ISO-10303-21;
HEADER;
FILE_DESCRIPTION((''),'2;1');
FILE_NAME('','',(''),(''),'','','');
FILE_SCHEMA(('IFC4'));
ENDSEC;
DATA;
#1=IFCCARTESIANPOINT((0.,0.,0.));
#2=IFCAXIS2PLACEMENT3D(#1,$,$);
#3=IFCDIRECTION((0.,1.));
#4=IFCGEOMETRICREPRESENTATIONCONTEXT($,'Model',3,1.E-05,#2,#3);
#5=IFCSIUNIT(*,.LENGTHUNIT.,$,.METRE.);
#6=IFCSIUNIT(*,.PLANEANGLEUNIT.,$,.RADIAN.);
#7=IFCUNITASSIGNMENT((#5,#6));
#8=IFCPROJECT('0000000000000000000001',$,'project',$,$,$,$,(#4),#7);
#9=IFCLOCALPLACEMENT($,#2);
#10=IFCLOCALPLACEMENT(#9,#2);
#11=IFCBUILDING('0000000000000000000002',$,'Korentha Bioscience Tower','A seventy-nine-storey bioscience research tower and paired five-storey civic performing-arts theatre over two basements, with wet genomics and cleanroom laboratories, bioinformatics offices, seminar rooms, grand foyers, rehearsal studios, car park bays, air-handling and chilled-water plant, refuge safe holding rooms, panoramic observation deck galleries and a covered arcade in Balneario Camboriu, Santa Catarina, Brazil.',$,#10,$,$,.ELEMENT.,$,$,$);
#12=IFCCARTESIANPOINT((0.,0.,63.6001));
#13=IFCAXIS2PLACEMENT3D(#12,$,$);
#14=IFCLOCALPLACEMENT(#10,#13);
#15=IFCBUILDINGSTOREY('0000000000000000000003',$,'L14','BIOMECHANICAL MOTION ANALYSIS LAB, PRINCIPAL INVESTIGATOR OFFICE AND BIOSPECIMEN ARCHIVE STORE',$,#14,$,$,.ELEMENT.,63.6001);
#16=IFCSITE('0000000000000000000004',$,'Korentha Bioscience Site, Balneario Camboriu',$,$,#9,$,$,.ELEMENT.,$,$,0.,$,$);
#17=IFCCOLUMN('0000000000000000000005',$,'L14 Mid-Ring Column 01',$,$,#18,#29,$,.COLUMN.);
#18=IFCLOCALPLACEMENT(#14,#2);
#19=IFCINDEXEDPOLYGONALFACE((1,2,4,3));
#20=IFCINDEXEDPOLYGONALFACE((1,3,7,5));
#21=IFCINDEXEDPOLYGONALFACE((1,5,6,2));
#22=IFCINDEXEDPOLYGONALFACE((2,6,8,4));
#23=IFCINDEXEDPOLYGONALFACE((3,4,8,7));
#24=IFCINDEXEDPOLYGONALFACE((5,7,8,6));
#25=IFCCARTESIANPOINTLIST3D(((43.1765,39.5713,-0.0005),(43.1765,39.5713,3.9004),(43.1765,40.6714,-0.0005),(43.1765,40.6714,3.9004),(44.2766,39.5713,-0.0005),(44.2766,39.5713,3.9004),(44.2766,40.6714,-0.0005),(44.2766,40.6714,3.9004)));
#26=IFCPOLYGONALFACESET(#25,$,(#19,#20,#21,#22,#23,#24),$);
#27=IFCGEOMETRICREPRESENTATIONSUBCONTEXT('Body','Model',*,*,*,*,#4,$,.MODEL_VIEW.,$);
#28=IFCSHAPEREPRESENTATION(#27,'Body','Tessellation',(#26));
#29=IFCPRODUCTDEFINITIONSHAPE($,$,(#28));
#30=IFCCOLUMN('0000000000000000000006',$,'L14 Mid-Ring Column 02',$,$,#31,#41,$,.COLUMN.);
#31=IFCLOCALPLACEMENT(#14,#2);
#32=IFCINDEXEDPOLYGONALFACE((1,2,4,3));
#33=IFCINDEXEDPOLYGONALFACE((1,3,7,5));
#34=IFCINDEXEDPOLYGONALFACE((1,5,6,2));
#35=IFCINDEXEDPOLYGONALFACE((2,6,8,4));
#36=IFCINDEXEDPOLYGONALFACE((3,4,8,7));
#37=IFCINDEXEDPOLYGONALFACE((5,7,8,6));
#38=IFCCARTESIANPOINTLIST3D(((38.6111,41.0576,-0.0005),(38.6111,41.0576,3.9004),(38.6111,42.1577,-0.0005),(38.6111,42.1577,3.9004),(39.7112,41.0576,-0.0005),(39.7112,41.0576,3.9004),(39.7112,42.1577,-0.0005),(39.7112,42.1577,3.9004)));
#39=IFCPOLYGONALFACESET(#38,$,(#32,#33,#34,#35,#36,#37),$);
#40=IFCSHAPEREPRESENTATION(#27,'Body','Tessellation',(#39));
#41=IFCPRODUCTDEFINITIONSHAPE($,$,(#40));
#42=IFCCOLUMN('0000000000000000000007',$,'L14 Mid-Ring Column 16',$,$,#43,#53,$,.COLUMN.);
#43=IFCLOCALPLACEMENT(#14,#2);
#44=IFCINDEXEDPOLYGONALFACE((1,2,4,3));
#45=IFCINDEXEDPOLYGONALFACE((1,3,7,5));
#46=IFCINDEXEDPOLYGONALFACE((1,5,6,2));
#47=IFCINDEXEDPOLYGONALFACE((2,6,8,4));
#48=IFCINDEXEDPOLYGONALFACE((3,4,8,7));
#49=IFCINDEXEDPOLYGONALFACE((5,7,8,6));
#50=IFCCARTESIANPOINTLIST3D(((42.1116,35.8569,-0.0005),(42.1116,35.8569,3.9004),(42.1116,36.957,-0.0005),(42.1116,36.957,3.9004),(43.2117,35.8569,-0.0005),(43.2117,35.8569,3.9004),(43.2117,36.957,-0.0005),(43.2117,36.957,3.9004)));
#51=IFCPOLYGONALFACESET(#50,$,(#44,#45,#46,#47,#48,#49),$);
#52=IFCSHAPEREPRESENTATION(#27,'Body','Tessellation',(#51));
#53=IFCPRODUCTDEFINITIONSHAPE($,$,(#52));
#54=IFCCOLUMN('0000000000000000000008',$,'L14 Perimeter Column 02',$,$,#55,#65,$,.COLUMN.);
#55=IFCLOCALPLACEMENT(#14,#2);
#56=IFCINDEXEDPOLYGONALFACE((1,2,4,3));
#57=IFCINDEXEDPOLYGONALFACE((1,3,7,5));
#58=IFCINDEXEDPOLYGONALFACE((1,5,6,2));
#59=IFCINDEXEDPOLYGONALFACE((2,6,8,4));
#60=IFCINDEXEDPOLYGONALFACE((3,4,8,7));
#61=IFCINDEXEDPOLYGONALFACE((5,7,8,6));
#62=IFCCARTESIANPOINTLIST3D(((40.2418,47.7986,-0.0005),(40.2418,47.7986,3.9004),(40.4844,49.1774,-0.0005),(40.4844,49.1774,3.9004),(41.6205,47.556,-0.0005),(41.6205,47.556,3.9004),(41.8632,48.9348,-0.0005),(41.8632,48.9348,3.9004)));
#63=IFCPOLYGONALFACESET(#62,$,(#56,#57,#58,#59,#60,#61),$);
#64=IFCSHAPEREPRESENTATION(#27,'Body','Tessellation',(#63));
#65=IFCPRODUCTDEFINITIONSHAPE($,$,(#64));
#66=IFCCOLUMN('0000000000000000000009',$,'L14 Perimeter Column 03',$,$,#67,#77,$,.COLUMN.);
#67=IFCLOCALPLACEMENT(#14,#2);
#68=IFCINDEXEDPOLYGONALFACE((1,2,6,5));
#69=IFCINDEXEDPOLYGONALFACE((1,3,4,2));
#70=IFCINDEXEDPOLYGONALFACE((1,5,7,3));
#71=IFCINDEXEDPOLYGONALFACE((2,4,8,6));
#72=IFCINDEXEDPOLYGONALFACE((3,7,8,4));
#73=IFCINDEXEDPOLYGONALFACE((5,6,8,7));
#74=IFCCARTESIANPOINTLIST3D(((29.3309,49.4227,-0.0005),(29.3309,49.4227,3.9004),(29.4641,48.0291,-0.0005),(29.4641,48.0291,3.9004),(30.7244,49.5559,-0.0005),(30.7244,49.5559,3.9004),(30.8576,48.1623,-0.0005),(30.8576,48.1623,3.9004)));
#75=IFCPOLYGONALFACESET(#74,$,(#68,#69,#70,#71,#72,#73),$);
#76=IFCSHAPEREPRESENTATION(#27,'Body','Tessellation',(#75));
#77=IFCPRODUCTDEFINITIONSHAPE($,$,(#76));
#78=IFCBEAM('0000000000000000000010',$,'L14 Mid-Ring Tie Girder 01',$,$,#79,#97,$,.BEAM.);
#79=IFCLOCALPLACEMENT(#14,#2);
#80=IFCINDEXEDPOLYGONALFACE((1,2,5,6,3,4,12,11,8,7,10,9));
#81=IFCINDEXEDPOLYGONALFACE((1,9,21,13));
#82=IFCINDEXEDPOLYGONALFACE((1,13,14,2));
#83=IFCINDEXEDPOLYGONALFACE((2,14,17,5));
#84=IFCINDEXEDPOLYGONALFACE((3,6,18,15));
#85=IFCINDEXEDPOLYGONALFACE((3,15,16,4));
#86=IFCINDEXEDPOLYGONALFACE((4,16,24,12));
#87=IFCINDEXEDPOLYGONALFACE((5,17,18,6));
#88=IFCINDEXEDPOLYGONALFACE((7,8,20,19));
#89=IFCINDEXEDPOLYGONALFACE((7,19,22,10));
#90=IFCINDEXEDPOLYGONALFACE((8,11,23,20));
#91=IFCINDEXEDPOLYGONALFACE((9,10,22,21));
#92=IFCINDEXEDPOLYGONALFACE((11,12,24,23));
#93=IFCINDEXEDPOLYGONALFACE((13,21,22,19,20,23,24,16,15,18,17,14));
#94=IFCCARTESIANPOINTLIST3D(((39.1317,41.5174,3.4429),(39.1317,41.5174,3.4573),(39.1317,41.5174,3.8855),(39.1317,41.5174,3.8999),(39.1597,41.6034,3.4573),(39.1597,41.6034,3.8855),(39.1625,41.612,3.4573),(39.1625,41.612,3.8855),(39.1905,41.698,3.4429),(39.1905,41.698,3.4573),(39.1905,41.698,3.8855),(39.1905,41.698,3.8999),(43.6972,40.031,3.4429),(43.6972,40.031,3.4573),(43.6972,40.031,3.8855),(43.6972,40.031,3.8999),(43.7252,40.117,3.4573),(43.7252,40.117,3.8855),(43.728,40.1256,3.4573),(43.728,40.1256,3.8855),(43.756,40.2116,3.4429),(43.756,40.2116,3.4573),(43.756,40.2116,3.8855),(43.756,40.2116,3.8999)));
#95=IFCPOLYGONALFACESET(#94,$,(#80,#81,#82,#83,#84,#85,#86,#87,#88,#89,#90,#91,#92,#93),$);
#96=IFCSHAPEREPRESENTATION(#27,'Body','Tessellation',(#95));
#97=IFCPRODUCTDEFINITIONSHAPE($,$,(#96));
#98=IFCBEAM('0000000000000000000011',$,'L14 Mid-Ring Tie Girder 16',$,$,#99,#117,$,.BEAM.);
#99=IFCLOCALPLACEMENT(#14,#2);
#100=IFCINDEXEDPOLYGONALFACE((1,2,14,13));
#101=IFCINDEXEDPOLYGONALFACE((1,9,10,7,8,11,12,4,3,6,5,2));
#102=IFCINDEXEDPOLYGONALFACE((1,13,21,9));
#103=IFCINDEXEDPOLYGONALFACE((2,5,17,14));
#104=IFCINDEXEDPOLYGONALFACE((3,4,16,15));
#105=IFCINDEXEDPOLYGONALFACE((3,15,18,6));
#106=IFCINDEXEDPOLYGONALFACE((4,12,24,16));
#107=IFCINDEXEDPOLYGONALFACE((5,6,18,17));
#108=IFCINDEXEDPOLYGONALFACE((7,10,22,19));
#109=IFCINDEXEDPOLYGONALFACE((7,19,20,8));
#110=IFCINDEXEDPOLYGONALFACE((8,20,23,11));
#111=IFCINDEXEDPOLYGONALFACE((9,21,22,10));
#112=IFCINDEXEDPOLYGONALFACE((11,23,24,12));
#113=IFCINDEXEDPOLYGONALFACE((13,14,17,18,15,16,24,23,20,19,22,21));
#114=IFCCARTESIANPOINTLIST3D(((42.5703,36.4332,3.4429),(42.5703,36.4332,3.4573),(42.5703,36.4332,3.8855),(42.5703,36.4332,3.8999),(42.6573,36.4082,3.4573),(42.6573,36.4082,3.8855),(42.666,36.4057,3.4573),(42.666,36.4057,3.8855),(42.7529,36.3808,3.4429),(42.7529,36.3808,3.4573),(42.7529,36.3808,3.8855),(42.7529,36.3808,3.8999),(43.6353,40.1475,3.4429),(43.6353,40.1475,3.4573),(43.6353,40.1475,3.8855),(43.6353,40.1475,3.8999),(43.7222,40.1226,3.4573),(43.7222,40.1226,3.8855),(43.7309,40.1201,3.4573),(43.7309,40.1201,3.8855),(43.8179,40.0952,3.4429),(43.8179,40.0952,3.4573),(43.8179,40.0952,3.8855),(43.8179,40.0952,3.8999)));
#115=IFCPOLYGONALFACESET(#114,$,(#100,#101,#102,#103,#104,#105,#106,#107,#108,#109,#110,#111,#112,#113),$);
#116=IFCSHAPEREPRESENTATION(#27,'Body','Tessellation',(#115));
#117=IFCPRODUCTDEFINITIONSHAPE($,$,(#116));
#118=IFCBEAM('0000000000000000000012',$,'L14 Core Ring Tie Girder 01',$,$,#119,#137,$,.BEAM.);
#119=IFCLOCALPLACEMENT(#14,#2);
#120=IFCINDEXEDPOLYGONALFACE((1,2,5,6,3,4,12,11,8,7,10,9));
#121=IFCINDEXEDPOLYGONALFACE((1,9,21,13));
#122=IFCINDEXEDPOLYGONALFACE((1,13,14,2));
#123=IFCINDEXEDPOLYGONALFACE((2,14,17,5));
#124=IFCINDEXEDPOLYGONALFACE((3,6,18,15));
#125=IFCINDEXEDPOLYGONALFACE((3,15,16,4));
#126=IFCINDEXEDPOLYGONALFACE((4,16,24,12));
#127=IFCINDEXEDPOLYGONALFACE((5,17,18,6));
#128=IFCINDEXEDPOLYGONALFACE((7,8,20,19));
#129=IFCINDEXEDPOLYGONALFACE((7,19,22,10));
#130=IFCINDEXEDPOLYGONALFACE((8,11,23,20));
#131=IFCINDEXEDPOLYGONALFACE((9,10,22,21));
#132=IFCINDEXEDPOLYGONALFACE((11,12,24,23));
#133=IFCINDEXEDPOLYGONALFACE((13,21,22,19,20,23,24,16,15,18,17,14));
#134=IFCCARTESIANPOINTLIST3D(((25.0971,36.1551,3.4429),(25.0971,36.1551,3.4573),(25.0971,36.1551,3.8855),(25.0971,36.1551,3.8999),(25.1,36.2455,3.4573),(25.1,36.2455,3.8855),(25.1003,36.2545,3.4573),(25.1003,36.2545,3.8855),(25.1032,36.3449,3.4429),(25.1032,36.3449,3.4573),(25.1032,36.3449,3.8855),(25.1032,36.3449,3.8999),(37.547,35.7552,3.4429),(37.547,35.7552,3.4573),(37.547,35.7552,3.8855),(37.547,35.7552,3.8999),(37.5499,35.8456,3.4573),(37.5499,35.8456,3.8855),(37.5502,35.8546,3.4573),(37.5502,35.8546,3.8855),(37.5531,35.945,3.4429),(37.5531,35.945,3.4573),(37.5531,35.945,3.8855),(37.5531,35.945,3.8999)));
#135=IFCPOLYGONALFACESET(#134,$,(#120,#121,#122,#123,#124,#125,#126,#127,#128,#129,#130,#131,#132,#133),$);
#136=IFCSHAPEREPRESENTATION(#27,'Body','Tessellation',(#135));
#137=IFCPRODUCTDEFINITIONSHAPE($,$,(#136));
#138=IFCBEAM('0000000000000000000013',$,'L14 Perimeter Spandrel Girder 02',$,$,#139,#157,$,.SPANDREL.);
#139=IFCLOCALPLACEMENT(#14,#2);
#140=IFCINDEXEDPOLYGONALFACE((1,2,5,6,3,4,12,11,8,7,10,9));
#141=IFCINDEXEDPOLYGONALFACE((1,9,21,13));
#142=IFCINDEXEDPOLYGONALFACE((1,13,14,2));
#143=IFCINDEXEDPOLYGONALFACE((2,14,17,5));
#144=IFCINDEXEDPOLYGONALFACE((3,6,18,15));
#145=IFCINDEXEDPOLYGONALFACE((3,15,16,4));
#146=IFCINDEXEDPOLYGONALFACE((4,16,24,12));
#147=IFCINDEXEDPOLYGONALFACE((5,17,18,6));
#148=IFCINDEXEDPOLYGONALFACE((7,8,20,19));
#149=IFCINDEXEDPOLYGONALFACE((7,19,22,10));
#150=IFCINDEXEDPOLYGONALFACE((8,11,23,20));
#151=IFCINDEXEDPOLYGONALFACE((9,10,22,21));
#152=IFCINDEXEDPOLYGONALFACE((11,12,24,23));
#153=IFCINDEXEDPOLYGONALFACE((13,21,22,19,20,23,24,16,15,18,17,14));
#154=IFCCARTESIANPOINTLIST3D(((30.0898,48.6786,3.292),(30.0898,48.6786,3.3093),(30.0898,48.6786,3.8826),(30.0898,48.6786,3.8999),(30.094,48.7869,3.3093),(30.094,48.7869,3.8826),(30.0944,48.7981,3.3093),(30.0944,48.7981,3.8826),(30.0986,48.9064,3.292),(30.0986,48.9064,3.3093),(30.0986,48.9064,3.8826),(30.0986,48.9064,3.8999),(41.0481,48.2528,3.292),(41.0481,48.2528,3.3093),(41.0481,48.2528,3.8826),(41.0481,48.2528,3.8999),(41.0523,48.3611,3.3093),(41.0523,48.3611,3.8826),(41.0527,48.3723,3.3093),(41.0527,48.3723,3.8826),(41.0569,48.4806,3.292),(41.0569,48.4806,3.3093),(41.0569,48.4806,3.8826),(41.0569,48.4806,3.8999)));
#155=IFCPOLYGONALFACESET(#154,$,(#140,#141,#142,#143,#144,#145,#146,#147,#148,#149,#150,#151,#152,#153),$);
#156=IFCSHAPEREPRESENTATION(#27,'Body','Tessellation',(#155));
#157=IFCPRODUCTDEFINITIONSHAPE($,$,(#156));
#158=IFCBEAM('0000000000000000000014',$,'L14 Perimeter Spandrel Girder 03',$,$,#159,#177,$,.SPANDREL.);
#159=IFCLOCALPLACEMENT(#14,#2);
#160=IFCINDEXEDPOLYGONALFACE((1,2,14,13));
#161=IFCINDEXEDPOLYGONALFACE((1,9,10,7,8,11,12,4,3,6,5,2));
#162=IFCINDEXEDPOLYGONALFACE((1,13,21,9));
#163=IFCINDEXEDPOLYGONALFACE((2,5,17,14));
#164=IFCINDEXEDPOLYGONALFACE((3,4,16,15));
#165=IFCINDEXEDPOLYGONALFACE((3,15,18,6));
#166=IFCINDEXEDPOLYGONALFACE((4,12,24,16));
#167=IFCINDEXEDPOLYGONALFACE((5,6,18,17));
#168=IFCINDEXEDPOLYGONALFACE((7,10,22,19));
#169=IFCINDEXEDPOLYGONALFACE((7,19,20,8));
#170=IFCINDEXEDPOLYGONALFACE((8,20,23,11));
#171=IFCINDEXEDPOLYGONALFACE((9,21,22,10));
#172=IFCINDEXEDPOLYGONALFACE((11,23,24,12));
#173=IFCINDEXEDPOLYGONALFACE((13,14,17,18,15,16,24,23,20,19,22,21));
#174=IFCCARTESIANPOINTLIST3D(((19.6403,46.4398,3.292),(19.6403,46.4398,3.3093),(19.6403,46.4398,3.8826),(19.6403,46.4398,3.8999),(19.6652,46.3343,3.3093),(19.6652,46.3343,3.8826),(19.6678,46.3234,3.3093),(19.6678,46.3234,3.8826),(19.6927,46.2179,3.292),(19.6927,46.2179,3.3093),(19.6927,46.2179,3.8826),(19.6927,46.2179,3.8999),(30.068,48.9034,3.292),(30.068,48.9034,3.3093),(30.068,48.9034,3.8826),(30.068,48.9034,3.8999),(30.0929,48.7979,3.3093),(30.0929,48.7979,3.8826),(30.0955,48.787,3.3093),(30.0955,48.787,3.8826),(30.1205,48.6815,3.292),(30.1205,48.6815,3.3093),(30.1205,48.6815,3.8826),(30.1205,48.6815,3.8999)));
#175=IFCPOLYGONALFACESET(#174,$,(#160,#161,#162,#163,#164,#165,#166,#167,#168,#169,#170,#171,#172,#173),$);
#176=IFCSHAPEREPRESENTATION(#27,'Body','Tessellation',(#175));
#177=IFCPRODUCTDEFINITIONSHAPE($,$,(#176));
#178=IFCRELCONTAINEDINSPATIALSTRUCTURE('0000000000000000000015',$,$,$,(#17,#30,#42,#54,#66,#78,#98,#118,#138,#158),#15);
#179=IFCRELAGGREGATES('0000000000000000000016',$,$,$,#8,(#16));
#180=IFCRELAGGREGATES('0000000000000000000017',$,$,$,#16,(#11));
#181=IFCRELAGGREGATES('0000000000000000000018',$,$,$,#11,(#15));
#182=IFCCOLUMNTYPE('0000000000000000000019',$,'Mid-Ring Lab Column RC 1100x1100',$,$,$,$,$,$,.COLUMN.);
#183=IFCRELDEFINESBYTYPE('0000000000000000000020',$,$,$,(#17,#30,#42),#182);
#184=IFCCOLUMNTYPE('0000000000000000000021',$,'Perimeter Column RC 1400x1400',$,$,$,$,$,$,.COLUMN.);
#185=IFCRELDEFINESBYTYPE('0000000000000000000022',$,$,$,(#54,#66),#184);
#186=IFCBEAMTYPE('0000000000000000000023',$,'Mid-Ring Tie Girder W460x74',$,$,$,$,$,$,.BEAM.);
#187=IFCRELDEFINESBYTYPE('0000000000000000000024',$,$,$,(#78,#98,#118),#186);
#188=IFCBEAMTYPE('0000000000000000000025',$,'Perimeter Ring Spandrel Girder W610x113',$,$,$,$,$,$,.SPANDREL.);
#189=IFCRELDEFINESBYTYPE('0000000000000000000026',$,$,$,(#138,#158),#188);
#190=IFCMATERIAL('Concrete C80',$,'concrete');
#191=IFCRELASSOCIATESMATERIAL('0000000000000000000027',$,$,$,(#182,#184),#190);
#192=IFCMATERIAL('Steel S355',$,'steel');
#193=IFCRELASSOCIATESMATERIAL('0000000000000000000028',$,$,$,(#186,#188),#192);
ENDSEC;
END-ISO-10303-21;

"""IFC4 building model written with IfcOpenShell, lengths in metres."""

from ifc_helpers import new_model, si_unit, direction, frame, origin, origin_2d, place, context, subcontext, project, spatial, rectangle, i_section, extrude, material, material_profile, profile_set, type_object, element, save


model = new_model("IFC4")

# Units and contexts
model_context = context("Model", 3, precision=1e-05, world=origin(), true_north=direction((0.0, 1.0)))
body_context = subcontext(model_context, "Body", "Model", "MODEL_VIEW")
ifc_project = project(units=[si_unit("LENGTHUNIT", "METRE"), si_unit("PLANEANGLEUNIT", "RADIAN")], contexts=[model_context])

# Site, building, storey
site_placement = place(None, origin())
site = spatial("IfcSite", under=ifc_project, at=site_placement, Name="Korentha Bioscience Site, Balneario Camboriu", CompositionType="ELEMENT", RefElevation=0.0)
building_placement = place(site_placement, origin())
building = spatial("IfcBuilding", under=site, at=building_placement, Name="Korentha Bioscience Tower", Description="A seventy-nine-storey bioscience research tower and paired five-storey civic performing-arts theatre over two basements, with wet genomics and cleanroom laboratories, bioinformatics offices, seminar rooms, grand foyers, rehearsal studios, car park bays, air-handling and chilled-water plant, refuge safe holding rooms, panoramic observation deck galleries and a covered arcade in Balneario Camboriu, Santa Catarina, Brazil.", CompositionType="ELEMENT")
storey_placement = place(building_placement, frame((0.0, 0.0, 63.6001)))
storey = spatial("IfcBuildingStorey", under=building, at=storey_placement, Name="L14", Description="BIOMECHANICAL MOTION ANALYSIS LAB, PRINCIPAL INVESTIGATOR OFFICE AND BIOSPECIMEN ARCHIVE STORE", CompositionType="ELEMENT", Elevation=63.6001)

# Columns
ifc_material_1 = material(Name="Concrete C80", Category="concrete")
ifc_material_profile_1 = material_profile(ifc_material_1, rectangle(XDim=1.1001, YDim=1.1001, at=origin_2d()), Name="Concrete C80")
ifc_profile_set_1 = profile_set([ifc_material_profile_1], Name="Concrete C80 (COL-MR11)")
column_type_1 = type_object("IfcColumnType", Name="Mid-Ring Lab Column RC 1100x1100", PredefinedType="COLUMN", material=ifc_profile_set_1)
for number, where, z_axis, x_axis, name in (
    (1, (43.7266, 40.1213, -0.0005), (0.0, 0.0, 1.0), (1.0, 0.0, 0.0), "L14 Mid-Ring Column 01"),
    (2, (39.1611, 41.6077, -0.0005), (0.0, 0.0, 1.0), (1.0, 0.0, 0.0), "L14 Mid-Ring Column 02"),
    (3, (42.6616, 36.407, -0.0005), (0.0, 0.0, 1.0), (1.0, 0.0, 0.0), "L14 Mid-Ring Column 16"),
):
    element("IfcColumn", number, at=place(storey_placement, frame(where, z_axis=z_axis, x_axis=x_axis)), inside=storey, type_object=column_type_1, Name=name, PredefinedType="COLUMN", context=body_context, shape_type="SweptSolid", body=[
        extrude(rectangle(XDim=1.1001, YDim=1.1001, at=origin_2d()), origin(), (0.0, 0.0, 1.0), 3.9009),
    ])
ifc_material_profile_2 = material_profile(ifc_material_1, rectangle(XDim=1.3999, YDim=1.3999, at=origin_2d()), Name="Concrete C80")
ifc_profile_set_2 = profile_set([ifc_material_profile_2], Name="Concrete C80 (COL-P14)")
column_type_2 = type_object("IfcColumnType", Name="Perimeter Column RC 1400x1400", PredefinedType="COLUMN", material=ifc_profile_set_2)
for number, where, z_axis, x_axis, name in (
    (4, (41.0525, 48.3667, -0.0005), (0.0, 0.0, 1.0), (-0.984868, 0.173304, 0.0), "L14 Perimeter Column 02"),
    (5, (30.0942, 48.7925, -0.0005), (0.0, 0.0, 1.0), (0.995463, 0.095151, 0.0), "L14 Perimeter Column 03"),
):
    element("IfcColumn", number, at=place(storey_placement, frame(where, z_axis=z_axis, x_axis=x_axis)), inside=storey, type_object=column_type_2, Name=name, PredefinedType="COLUMN", context=body_context, shape_type="SweptSolid", body=[
        extrude(rectangle(XDim=1.3999, YDim=1.3999, at=origin_2d()), origin(), (0.0, 0.0, 1.0), 3.9009),
    ])

# Beams
ifc_material_2 = material(Name="Steel S355", Category="steel")
ifc_material_profile_3 = material_profile(ifc_material_2, i_section(OverallWidth=0.1899, OverallDepth=0.457, WebThickness=0.009, FlangeThickness=0.0144, at=origin_2d()), Name="Steel S355")
ifc_profile_set_3 = profile_set([ifc_material_profile_3], Name="Steel S355 (MB-460)")
beam_type_1 = type_object("IfcBeamType", Name="Mid-Ring Tie Girder W460x74", PredefinedType="BEAM", material=ifc_profile_set_3)
beam_1_placement = place(storey_placement, frame((43.7266, 40.1213, 3.6714), z_axis=(-0.950877, 0.309569, 0.0), x_axis=(-0.309569, -0.950877, 0.0)))
element("IfcBeam", 6, at=beam_1_placement, inside=storey, type_object=beam_type_1, Name="L14 Mid-Ring Tie Girder 01", PredefinedType="BEAM", context=body_context, shape_type="SweptSolid", body=[
    extrude(i_section(OverallWidth=0.1899, OverallDepth=0.457, WebThickness=0.009, FlangeThickness=0.0144, at=origin_2d()), origin(), (0.0, 0.0, 1.0), 4.8013),
])
beam_2_placement = place(storey_placement, frame((42.6616, 36.407, 3.6714), z_axis=(0.275606, 0.961271, 0.0), x_axis=(-0.961271, 0.275606, 0.0)))
element("IfcBeam", 7, at=beam_2_placement, inside=storey, type_object=beam_type_1, Name="L14 Mid-Ring Tie Girder 16", PredefinedType="BEAM", context=body_context, shape_type="SweptSolid", body=[
    extrude(i_section(OverallWidth=0.1899, OverallDepth=0.457, WebThickness=0.009, FlangeThickness=0.0144, at=origin_2d()), origin(), (0.0, 0.0, 1.0), 3.864),
])
beam_3_placement = place(storey_placement, frame((37.55, 35.8501, 3.6714), z_axis=(-0.999485, 0.032104, 0.0), x_axis=(-0.032104, -0.999485, 0.0)))
element("IfcBeam", 8, at=beam_3_placement, inside=storey, type_object=beam_type_1, Name="L14 Core Ring Tie Girder 01", PredefinedType="BEAM", context=body_context, shape_type="SweptSolid", body=[
    extrude(i_section(OverallWidth=0.1899, OverallDepth=0.457, WebThickness=0.009, FlangeThickness=0.0144, at=origin_2d()), origin(), (0.0, 0.0, 1.0), 12.4563),
])
ifc_material_profile_4 = material_profile(ifc_material_2, i_section(OverallWidth=0.228, OverallDepth=0.6079, WebThickness=0.0112, FlangeThickness=0.0173, at=origin_2d()), Name="Steel S355")
ifc_profile_set_4 = profile_set([ifc_material_profile_4], Name="Steel S355 (SB-610)")
beam_type_2 = type_object("IfcBeamType", Name="Perimeter Ring Spandrel Girder W610x113", PredefinedType="SPANDREL", material=ifc_profile_set_4)
beam_4_placement = place(storey_placement, frame((41.0525, 48.3667, 3.5959), z_axis=(-0.999246, 0.038826, 0.0), x_axis=(-0.038826, -0.999246, 0.0)))
element("IfcBeam", 9, at=beam_4_placement, inside=storey, type_object=beam_type_2, Name="L14 Perimeter Spandrel Girder 02", PredefinedType="SPANDREL", context=body_context, shape_type="SweptSolid", body=[
    extrude(i_section(OverallWidth=0.228, OverallDepth=0.6079, WebThickness=0.0112, FlangeThickness=0.0173, at=origin_2d()), origin(), (0.0, 0.0, 1.0), 10.9666),
])
beam_5_placement = place(storey_placement, frame((30.0942, 48.7925, 3.5959), z_axis=(-0.973208, -0.229927, 0.0), x_axis=(0.229927, -0.973208, 0.0)))
element("IfcBeam", 10, at=beam_5_placement, inside=storey, type_object=beam_type_2, Name="L14 Perimeter Spandrel Girder 03", PredefinedType="SPANDREL", context=body_context, shape_type="SweptSolid", body=[
    extrude(i_section(OverallWidth=0.228, OverallDepth=0.6079, WebThickness=0.0112, FlangeThickness=0.0173, at=origin_2d()), origin(), (0.0, 0.0, 1.0), 10.7148),
])

save(model, "model.ifc")
